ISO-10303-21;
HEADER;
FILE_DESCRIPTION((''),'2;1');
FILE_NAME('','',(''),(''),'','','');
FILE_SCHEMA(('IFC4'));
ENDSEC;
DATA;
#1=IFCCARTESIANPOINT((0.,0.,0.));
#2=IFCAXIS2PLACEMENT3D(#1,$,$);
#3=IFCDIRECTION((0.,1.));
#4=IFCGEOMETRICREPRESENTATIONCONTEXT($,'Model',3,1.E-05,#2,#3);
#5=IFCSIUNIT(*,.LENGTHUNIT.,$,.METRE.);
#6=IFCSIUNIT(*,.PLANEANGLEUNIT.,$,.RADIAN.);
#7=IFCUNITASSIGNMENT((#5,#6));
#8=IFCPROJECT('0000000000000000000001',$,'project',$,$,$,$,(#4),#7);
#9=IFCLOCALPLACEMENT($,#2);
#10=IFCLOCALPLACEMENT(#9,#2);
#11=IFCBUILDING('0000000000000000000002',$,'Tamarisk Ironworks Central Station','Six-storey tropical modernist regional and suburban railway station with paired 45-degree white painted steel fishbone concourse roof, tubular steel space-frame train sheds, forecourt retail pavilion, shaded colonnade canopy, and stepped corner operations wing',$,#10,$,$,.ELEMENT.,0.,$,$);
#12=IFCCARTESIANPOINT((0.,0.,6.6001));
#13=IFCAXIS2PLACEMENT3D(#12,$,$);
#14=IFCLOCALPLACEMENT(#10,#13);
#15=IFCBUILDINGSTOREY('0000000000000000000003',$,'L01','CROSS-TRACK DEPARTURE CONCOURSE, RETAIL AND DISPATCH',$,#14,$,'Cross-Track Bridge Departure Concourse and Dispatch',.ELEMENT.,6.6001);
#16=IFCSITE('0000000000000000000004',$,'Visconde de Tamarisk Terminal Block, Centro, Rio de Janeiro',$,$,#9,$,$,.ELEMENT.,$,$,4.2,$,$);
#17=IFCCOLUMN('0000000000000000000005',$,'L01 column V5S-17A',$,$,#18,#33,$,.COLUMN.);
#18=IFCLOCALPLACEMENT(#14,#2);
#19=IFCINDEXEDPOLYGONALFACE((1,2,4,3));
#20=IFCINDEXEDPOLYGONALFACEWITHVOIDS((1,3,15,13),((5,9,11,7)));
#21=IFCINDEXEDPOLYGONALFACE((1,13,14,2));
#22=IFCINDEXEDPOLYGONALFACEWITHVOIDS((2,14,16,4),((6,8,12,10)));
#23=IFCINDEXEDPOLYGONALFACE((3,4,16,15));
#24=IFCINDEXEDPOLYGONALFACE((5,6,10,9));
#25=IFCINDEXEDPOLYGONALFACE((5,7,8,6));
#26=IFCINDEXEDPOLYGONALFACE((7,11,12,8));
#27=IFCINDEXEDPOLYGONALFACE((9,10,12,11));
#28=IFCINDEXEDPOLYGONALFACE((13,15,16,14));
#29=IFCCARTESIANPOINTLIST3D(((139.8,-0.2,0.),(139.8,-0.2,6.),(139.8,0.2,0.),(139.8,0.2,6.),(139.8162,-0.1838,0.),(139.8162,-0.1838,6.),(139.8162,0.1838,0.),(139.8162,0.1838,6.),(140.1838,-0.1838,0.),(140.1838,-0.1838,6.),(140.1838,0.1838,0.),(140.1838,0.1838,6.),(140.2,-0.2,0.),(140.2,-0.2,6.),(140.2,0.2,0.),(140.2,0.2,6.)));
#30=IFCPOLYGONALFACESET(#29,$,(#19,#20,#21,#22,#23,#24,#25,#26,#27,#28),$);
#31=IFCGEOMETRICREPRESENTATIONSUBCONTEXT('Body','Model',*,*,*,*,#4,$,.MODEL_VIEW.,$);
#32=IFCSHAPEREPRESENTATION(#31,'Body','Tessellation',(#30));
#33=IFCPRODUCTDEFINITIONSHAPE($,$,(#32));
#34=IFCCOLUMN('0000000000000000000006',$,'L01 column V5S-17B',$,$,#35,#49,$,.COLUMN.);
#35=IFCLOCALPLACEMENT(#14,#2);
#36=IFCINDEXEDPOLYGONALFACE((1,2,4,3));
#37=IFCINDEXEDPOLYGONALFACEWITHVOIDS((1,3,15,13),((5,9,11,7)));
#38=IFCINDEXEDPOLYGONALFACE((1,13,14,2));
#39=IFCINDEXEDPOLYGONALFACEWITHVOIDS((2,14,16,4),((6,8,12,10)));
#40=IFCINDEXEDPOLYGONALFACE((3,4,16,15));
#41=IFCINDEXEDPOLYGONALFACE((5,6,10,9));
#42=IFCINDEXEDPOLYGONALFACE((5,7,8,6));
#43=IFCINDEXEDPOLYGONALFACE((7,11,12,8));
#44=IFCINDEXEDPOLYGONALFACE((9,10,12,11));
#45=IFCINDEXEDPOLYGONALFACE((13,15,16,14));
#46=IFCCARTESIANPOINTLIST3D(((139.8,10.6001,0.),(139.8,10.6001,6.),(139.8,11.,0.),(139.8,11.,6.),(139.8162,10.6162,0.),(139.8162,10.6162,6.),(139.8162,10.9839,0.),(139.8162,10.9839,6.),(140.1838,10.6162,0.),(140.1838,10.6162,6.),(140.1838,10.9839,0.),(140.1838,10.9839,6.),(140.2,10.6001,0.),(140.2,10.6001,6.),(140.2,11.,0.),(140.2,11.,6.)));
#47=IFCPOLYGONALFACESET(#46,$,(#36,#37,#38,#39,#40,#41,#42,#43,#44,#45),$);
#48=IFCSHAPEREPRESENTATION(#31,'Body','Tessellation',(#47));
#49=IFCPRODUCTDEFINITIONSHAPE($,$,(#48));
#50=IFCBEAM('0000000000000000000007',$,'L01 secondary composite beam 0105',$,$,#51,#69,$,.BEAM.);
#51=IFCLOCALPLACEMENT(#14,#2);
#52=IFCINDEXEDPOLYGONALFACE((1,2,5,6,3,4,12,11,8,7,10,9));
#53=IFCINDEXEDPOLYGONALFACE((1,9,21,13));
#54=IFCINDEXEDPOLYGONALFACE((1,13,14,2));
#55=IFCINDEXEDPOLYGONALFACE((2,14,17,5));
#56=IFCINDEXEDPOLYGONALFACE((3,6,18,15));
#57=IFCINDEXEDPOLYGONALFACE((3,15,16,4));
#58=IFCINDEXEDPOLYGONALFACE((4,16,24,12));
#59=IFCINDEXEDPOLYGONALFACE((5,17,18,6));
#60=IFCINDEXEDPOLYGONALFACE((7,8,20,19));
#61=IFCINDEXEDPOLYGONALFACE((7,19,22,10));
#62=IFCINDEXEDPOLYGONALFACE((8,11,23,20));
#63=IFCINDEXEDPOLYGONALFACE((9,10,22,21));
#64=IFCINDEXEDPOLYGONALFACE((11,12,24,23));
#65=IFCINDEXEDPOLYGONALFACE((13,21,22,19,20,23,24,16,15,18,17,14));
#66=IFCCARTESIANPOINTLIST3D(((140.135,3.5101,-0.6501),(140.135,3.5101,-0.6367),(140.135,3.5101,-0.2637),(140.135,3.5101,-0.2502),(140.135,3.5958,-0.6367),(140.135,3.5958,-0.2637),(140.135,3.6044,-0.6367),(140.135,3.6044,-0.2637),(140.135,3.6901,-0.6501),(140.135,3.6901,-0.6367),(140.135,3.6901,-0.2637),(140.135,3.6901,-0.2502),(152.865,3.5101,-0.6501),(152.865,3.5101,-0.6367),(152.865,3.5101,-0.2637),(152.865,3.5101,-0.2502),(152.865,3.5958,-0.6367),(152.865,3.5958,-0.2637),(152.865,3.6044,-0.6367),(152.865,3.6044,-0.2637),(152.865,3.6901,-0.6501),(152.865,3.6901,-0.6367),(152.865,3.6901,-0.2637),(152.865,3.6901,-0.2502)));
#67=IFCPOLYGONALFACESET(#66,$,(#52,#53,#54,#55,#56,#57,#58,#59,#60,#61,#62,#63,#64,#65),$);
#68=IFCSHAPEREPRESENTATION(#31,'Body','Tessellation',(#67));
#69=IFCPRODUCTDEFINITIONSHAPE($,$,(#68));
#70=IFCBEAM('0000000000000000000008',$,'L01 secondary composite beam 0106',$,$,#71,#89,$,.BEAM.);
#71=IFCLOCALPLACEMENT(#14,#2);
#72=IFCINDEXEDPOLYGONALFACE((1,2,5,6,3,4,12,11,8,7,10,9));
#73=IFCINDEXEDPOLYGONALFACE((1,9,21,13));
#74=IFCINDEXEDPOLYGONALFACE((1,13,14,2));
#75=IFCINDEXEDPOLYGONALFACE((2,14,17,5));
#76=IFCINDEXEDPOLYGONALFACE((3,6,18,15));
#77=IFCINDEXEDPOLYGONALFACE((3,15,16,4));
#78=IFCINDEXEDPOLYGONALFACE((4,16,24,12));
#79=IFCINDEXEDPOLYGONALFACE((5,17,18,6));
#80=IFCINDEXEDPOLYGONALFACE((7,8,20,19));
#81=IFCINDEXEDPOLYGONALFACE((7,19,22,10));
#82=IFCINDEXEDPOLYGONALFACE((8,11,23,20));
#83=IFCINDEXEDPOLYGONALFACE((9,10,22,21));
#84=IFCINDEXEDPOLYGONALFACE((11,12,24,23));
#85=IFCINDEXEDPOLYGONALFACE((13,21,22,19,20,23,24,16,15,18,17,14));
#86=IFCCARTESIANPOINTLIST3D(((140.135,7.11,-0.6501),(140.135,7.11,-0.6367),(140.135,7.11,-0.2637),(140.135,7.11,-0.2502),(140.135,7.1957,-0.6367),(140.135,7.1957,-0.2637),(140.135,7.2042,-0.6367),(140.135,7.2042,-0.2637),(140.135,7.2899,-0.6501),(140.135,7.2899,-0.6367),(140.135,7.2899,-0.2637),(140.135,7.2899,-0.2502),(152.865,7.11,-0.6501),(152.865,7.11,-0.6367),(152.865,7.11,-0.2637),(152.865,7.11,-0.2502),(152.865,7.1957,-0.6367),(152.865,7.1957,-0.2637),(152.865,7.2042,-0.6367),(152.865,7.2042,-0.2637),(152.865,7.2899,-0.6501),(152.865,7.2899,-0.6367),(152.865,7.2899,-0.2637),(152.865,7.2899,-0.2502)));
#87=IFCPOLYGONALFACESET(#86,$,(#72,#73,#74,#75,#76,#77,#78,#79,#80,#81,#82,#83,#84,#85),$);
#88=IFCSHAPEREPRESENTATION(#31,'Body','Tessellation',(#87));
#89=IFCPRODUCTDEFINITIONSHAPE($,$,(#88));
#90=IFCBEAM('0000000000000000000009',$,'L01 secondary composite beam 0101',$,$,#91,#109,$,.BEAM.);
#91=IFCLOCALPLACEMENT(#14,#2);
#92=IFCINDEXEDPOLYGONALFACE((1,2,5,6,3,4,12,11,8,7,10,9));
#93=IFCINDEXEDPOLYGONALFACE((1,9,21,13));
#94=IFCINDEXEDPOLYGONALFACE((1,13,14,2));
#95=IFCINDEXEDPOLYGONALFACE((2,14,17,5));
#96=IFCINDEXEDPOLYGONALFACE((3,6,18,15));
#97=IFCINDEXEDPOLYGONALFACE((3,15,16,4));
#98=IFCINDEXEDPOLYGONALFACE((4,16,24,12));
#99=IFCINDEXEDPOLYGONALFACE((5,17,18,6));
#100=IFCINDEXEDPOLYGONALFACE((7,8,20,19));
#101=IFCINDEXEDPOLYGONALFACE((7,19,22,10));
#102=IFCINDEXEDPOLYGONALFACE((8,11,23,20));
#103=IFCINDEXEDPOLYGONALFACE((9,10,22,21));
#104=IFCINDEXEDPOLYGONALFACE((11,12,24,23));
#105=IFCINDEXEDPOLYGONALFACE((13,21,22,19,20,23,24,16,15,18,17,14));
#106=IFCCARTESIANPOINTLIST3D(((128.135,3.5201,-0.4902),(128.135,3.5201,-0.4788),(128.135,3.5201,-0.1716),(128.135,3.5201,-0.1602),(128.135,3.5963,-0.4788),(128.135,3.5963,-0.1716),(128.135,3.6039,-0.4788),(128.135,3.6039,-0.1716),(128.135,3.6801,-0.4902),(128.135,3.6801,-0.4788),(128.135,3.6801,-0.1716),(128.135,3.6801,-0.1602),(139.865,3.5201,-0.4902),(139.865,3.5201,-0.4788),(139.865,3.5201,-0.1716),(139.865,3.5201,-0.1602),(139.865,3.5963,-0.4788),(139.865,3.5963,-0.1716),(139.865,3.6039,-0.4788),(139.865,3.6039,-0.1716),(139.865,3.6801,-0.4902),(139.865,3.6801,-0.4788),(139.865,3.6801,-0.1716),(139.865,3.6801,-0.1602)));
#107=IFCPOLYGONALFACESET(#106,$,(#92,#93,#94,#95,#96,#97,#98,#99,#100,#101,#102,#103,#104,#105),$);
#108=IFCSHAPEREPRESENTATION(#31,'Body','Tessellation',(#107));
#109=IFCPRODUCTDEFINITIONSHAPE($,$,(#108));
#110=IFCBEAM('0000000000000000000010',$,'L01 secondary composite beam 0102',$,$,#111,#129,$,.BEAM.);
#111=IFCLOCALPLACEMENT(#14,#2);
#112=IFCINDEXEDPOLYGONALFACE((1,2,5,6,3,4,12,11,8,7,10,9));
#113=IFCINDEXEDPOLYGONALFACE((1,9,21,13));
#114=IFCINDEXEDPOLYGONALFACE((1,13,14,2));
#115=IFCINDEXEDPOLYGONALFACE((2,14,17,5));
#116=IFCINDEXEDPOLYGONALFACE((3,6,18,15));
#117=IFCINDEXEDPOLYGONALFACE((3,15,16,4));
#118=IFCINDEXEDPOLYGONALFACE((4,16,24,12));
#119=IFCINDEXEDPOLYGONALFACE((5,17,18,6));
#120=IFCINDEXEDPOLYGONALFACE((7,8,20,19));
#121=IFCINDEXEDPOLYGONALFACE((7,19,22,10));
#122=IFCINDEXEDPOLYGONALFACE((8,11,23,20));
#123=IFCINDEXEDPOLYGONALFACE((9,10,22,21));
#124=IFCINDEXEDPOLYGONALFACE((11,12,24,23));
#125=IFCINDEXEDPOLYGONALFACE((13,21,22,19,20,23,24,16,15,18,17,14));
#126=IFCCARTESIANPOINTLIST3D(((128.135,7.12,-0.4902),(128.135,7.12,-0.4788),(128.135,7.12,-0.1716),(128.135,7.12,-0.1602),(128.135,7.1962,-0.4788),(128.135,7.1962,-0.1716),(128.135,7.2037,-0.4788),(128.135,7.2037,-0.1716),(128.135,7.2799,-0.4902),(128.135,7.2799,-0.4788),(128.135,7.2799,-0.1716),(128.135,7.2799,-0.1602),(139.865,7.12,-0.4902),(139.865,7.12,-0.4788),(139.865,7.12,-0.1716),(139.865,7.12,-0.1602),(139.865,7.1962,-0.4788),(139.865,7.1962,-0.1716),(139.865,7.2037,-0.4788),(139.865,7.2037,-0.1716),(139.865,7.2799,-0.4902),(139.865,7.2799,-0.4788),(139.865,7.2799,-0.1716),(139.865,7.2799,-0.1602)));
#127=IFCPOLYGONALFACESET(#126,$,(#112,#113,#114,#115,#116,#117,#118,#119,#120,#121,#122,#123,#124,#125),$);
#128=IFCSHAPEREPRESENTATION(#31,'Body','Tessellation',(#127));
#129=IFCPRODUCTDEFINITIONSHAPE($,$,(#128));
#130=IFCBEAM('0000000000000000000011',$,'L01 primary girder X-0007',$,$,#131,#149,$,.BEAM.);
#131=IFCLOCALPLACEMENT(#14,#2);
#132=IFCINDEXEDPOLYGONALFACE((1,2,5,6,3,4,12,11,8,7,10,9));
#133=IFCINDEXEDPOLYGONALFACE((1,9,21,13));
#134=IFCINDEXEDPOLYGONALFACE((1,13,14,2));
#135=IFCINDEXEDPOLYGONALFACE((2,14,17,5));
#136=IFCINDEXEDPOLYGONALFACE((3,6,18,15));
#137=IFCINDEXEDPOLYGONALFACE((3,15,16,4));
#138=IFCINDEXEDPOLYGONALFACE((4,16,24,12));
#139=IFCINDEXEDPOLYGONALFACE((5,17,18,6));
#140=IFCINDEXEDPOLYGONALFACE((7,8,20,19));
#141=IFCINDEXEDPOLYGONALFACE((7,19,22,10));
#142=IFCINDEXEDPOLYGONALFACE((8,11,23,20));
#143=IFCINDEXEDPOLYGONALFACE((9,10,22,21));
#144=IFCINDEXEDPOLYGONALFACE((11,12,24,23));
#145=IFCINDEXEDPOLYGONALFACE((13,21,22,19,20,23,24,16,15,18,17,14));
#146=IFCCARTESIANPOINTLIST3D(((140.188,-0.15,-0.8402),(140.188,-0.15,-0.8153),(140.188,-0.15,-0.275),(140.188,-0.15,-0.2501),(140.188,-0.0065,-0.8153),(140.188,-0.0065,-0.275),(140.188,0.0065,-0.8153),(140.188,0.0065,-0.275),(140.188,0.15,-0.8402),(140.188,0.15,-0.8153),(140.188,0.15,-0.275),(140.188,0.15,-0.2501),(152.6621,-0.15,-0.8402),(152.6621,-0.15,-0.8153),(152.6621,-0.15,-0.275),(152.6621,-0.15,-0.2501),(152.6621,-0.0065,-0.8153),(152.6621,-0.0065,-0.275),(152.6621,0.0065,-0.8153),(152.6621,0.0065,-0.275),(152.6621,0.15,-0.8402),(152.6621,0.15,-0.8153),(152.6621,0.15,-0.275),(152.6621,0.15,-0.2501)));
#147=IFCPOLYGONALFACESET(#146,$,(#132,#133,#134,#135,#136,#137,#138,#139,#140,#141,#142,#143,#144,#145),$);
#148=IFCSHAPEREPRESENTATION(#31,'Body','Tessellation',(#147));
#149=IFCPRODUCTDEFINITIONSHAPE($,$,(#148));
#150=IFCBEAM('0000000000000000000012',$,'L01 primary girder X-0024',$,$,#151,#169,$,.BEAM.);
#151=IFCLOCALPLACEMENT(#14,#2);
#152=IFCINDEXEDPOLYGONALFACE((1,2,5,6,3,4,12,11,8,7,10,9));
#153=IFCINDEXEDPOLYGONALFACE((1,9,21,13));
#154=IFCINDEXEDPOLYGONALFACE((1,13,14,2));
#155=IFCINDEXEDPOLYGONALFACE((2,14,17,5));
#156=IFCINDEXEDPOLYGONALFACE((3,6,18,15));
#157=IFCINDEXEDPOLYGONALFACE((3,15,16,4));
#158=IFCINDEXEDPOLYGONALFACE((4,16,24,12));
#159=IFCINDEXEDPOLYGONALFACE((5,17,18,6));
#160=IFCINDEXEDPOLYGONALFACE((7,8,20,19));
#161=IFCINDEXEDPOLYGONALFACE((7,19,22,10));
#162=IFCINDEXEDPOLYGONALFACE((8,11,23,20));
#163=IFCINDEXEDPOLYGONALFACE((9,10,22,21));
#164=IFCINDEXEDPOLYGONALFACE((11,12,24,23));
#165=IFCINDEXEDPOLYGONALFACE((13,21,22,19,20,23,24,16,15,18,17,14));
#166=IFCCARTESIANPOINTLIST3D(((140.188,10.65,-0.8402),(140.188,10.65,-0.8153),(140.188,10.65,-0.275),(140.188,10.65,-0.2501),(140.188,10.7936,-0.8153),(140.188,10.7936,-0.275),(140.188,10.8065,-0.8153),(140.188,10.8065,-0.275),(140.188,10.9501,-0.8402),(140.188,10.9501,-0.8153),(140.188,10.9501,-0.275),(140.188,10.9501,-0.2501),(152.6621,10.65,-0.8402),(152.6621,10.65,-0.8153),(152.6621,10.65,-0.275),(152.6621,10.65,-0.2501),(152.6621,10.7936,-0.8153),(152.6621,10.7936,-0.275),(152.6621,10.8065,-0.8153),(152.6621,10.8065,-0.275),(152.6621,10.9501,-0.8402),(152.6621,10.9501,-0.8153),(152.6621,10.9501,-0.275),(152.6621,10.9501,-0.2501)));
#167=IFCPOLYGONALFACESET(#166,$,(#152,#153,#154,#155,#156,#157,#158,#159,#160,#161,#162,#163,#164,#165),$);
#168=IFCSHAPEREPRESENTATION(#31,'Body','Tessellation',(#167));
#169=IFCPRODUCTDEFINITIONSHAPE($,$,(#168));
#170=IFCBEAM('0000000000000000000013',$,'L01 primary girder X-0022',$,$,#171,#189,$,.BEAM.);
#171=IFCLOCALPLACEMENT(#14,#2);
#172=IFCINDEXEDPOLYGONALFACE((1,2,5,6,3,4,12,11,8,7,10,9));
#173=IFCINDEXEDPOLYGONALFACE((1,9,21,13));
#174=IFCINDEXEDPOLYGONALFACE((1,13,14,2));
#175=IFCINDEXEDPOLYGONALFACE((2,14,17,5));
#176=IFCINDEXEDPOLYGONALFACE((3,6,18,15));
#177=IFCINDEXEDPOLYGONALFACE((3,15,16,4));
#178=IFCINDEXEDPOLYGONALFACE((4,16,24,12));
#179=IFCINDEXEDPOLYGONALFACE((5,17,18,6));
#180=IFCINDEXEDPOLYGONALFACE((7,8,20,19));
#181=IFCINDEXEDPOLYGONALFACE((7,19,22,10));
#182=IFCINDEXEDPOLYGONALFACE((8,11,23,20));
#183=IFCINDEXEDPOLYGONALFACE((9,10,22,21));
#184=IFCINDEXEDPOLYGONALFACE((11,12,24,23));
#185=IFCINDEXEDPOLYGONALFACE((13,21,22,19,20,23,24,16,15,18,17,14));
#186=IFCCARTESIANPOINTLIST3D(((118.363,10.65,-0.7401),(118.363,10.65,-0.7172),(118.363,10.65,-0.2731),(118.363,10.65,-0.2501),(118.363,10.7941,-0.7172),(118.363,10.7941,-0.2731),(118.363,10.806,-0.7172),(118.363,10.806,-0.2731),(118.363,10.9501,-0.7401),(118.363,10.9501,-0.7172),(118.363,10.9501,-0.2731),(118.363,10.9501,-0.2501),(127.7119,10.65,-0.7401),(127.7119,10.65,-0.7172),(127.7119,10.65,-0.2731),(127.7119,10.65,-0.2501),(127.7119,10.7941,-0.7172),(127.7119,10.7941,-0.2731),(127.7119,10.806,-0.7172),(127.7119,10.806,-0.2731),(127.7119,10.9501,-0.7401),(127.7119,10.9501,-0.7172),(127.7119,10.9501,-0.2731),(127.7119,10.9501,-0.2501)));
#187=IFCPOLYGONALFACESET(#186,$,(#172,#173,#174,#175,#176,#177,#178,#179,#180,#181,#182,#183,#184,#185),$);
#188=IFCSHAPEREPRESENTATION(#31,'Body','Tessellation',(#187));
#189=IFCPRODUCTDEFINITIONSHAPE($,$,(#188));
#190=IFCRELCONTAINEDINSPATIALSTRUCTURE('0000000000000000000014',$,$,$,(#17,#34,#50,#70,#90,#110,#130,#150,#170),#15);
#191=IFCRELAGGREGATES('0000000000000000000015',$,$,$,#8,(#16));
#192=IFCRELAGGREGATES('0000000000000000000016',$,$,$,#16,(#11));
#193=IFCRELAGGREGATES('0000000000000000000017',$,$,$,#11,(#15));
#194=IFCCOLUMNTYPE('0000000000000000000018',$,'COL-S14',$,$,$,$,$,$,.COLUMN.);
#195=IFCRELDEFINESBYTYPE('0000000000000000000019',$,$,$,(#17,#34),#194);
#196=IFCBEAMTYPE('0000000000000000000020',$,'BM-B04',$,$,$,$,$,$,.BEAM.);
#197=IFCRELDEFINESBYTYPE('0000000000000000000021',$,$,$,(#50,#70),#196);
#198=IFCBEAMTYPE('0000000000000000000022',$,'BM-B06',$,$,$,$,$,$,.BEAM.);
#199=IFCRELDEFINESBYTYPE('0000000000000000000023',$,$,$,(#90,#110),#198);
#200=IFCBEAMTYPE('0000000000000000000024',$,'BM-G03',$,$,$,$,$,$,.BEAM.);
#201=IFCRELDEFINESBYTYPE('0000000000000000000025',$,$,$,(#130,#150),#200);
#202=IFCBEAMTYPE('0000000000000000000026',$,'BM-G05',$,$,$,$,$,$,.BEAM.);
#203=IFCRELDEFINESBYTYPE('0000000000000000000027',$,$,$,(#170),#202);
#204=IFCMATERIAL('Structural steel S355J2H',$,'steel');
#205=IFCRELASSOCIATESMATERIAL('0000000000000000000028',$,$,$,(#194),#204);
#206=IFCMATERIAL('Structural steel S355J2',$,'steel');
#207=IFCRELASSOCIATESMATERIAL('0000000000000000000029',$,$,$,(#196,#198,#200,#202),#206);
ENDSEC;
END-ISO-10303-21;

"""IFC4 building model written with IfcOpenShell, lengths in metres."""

from ifc_helpers import new_model, si_unit, direction, frame, origin, origin_2d, place, context, subcontext, project, spatial, hollow_rectangle, i_section, extrude, material, material_profile, profile_set, type_object, element, save


model = new_model("IFC4")

# Units and contexts
model_context = context("Model", 3, precision=1e-05, world=origin(), true_north=direction((0.0, 1.0)))
body_context = subcontext(model_context, "Body", "Model", "MODEL_VIEW")
ifc_project = project(units=[si_unit("LENGTHUNIT", "METRE"), si_unit("PLANEANGLEUNIT", "RADIAN")], contexts=[model_context])

# Site, building, storey
site_placement = place(None, origin())
site = spatial("IfcSite", under=ifc_project, at=site_placement, Name="Visconde de Tamarisk Terminal Block, Centro, Rio de Janeiro", CompositionType="ELEMENT", RefElevation=4.2)
building_placement = place(site_placement, origin())
building = spatial("IfcBuilding", under=site, at=building_placement, Name="Tamarisk Ironworks Central Station", Description="Six-storey tropical modernist regional and suburban railway station with paired 45-degree white painted steel fishbone concourse roof, tubular steel space-frame train sheds, forecourt retail pavilion, shaded colonnade canopy, and stepped corner operations wing", CompositionType="ELEMENT", ElevationOfRefHeight=0.0)
storey_placement = place(building_placement, frame((0.0, 0.0, 6.6001)))
storey = spatial("IfcBuildingStorey", under=building, at=storey_placement, Name="L01", Description="CROSS-TRACK DEPARTURE CONCOURSE, RETAIL AND DISPATCH", LongName="Cross-Track Bridge Departure Concourse and Dispatch", CompositionType="ELEMENT", Elevation=6.6001)

# Columns
ifc_material_1 = material(Name="Structural steel S355J2H", Category="steel")
ifc_material_profile_1 = material_profile(ifc_material_1, hollow_rectangle(XDim=0.3999, YDim=0.3999, WallThickness=0.0161, at=origin_2d()), Name="SHS 400x400x16")
ifc_profile_set_1 = profile_set([ifc_material_profile_1], Name="Structural steel S355J2H")
column_type = type_object("IfcColumnType", Name="COL-S14", PredefinedType="COLUMN", material=ifc_profile_set_1)
for number, where, z_axis, x_axis, name in (
    (1, (140.0, 0.0, 0.0), (0.0, 0.0, 1.0), (1.0, 0.0, 0.0), "L01 column V5S-17A"),
    (2, (140.0, 10.8, 0.0), (0.0, 0.0, 1.0), (1.0, 0.0, 0.0), "L01 column V5S-17B"),
):
    element("IfcColumn", number, at=place(storey_placement, frame(where, z_axis=z_axis, x_axis=x_axis)), inside=storey, type_object=column_type, Name=name, PredefinedType="COLUMN", context=body_context, shape_type="SweptSolid", body=[
        extrude(hollow_rectangle(XDim=0.3999, YDim=0.3999, WallThickness=0.0161, at=origin_2d()), origin(), (0.0, 0.0, 1.0), 6.0),
    ])

# Beams
ifc_material_2 = material(Name="Structural steel S355J2", Category="steel")
ifc_material_profile_2 = material_profile(ifc_material_2, i_section(OverallWidth=0.1799, OverallDepth=0.3999, WebThickness=0.0085, FlangeThickness=0.0134, at=origin_2d()), Name="IPE 400")
ifc_profile_set_2 = profile_set([ifc_material_profile_2], Name="Structural steel S355J2")
beam_type_1 = type_object("IfcBeamType", Name="BM-B04", PredefinedType="BEAM", material=ifc_profile_set_2)
for number, where, z_axis, x_axis, name in (
    (3, (140.135, 3.6001, -0.4502), (1.0, 0.0, 0.0), (0.0, 1.0, 0.0), "L01 secondary composite beam 0105"),
    (4, (140.135, 7.2, -0.4502), (1.0, 0.0, 0.0), (0.0, 1.0, 0.0), "L01 secondary composite beam 0106"),
):
    element("IfcBeam", number, at=place(storey_placement, frame(where, z_axis=z_axis, x_axis=x_axis)), inside=storey, type_object=beam_type_1, Name=name, PredefinedType="BEAM", context=body_context, shape_type="SweptSolid", body=[
        extrude(i_section(OverallWidth=0.1799, OverallDepth=0.3999, WebThickness=0.0085, FlangeThickness=0.0134, at=origin_2d()), origin(), (0.0, 0.0, 1.0), 12.73),
    ])
ifc_material_profile_3 = material_profile(ifc_material_2, i_section(OverallWidth=0.1599, OverallDepth=0.3301, WebThickness=0.0076, FlangeThickness=0.0115, at=origin_2d()), Name="IPE 330")
ifc_profile_set_3 = profile_set([ifc_material_profile_3], Name="Structural steel S355J2")
beam_type_2 = type_object("IfcBeamType", Name="BM-B06", PredefinedType="BEAM", material=ifc_profile_set_3)
for number, where, z_axis, x_axis, name in (
    (5, (128.135, 3.6001, -0.3252), (1.0, 0.0, 0.0), (0.0, 1.0, 0.0), "L01 secondary composite beam 0101"),
    (6, (128.135, 7.2, -0.3252), (1.0, 0.0, 0.0), (0.0, 1.0, 0.0), "L01 secondary composite beam 0102"),
):
    element("IfcBeam", number, at=place(storey_placement, frame(where, z_axis=z_axis, x_axis=x_axis)), inside=storey, type_object=beam_type_2, Name=name, PredefinedType="BEAM", context=body_context, shape_type="SweptSolid", body=[
        extrude(i_section(OverallWidth=0.1599, OverallDepth=0.3301, WebThickness=0.0076, FlangeThickness=0.0115, at=origin_2d()), origin(), (0.0, 0.0, 1.0), 11.73),
    ])
ifc_material_profile_4 = material_profile(ifc_material_2, i_section(OverallWidth=0.3, OverallDepth=0.5901, WebThickness=0.0129, FlangeThickness=0.0249, at=origin_2d()), Name="HEA 600")
ifc_profile_set_4 = profile_set([ifc_material_profile_4], Name="Structural steel S355J2")
beam_type_3 = type_object("IfcBeamType", Name="BM-G03", PredefinedType="BEAM", material=ifc_profile_set_4)
for number, where, z_axis, x_axis, name in (
    (7, (140.188, 0.0, -0.5452), (1.0, 0.0, 0.0), (0.0, 1.0, 0.0), "L01 primary girder X-0007"),
    (8, (140.188, 10.8, -0.5452), (1.0, 0.0, 0.0), (0.0, 1.0, 0.0), "L01 primary girder X-0024"),
):
    element("IfcBeam", number, at=place(storey_placement, frame(where, z_axis=z_axis, x_axis=x_axis)), inside=storey, type_object=beam_type_3, Name=name, PredefinedType="BEAM", context=body_context, shape_type="SweptSolid", body=[
        extrude(i_section(OverallWidth=0.3, OverallDepth=0.5901, WebThickness=0.0129, FlangeThickness=0.0249, at=origin_2d()), origin(), (0.0, 0.0, 1.0), 12.4741),
    ])
ifc_material_profile_5 = material_profile(ifc_material_2, i_section(OverallWidth=0.3, OverallDepth=0.49, WebThickness=0.012, FlangeThickness=0.0229, at=origin_2d()), Name="HEA 500")
ifc_profile_set_5 = profile_set([ifc_material_profile_5], Name="Structural steel S355J2")
beam_type_4 = type_object("IfcBeamType", Name="BM-G05", PredefinedType="BEAM", material=ifc_profile_set_5)
beam_1_placement = place(storey_placement, frame((118.363, 10.8, -0.4951), z_axis=(1.0, 0.0, 0.0), x_axis=(0.0, 1.0, 0.0)))
element("IfcBeam", 9, at=beam_1_placement, inside=storey, type_object=beam_type_4, Name="L01 primary girder X-0022", PredefinedType="BEAM", context=body_context, shape_type="SweptSolid", body=[
    extrude(i_section(OverallWidth=0.3, OverallDepth=0.49, WebThickness=0.012, FlangeThickness=0.0229, at=origin_2d()), origin(), (0.0, 0.0, 1.0), 9.3489),
])

save(model, "model.ifc")
